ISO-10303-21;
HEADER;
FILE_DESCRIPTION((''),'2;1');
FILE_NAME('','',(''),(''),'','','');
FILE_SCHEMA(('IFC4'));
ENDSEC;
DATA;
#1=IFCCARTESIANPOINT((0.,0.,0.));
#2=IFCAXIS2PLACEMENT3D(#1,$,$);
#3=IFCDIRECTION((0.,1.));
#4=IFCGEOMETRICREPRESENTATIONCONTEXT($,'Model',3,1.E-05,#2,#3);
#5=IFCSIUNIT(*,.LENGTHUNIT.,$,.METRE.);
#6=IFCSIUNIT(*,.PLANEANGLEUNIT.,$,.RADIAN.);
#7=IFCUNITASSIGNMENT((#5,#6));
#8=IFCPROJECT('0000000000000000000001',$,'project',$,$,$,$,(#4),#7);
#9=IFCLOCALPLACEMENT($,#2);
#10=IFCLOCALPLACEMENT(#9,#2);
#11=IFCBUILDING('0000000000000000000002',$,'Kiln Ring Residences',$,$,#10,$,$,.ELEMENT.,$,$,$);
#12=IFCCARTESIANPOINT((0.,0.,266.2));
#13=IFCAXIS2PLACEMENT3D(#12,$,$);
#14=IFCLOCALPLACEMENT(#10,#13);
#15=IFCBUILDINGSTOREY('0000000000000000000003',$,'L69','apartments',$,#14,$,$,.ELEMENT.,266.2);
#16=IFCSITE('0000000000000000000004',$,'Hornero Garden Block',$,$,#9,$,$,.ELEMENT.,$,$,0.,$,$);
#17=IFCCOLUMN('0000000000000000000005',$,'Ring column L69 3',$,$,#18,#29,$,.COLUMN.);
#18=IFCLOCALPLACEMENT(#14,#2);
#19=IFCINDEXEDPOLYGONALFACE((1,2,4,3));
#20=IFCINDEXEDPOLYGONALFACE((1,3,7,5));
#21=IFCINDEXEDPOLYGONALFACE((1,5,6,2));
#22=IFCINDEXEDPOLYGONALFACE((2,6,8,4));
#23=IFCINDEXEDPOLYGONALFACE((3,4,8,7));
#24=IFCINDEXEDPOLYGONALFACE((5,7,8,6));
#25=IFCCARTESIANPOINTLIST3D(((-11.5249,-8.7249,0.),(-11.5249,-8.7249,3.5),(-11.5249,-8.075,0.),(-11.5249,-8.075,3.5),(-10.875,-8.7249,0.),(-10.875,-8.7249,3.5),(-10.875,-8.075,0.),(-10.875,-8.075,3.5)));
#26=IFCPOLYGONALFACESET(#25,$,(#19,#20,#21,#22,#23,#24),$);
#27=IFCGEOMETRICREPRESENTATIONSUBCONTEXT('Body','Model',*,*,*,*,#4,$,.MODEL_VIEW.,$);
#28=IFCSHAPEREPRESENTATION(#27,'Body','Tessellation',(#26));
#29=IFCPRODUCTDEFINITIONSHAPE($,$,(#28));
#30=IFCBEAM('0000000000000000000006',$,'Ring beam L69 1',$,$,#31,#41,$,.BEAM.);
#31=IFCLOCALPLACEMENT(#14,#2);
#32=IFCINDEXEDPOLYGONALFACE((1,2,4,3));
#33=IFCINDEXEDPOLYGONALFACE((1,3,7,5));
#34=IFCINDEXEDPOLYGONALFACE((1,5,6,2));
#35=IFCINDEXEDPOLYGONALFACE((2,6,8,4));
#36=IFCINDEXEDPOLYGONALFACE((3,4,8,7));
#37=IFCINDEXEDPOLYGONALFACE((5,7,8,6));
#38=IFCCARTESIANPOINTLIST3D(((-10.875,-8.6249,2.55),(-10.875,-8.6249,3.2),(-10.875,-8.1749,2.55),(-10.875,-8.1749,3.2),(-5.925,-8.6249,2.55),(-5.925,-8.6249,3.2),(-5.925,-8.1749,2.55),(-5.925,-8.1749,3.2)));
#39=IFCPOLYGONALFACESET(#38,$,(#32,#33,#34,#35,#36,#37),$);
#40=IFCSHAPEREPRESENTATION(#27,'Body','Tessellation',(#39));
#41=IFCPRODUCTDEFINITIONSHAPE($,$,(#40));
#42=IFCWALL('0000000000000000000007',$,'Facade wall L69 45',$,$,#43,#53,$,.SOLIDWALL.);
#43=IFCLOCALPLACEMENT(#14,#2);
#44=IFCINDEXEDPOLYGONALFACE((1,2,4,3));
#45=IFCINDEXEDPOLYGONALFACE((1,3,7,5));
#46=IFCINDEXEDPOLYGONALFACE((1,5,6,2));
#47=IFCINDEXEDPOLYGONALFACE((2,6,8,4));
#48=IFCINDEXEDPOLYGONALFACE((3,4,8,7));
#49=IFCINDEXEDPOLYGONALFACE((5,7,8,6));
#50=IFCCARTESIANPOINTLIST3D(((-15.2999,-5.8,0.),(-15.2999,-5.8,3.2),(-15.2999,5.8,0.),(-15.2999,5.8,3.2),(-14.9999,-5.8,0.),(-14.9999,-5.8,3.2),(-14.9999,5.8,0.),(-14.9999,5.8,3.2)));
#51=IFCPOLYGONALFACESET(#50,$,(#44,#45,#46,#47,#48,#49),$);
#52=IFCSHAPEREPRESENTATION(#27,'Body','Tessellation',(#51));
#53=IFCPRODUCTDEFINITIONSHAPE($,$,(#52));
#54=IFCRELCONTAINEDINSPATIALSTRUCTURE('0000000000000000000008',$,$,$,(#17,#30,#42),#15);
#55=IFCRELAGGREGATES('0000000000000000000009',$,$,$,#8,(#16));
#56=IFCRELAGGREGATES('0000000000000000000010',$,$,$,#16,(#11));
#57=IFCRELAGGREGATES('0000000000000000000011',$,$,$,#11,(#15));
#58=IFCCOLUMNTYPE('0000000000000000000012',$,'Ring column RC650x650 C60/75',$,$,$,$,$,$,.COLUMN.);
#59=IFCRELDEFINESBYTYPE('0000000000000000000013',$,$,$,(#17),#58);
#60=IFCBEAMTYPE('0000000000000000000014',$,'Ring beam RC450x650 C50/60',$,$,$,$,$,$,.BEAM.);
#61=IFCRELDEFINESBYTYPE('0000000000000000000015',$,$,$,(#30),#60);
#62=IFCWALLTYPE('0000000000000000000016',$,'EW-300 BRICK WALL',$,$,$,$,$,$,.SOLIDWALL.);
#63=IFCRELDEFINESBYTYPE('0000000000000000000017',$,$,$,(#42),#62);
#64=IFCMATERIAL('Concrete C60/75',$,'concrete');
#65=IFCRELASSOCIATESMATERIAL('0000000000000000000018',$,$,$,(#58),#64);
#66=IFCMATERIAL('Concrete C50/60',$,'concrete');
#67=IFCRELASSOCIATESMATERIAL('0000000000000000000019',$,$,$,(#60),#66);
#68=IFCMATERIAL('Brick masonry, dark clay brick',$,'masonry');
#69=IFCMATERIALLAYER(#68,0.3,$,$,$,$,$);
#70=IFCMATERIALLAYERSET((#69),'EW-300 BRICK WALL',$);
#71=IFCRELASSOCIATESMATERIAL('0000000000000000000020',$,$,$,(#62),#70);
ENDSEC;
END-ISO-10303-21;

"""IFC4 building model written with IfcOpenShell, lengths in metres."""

from ifc_helpers import new_model, si_unit, direction, frame, frame_2d, origin, origin_2d, place, context, subcontext, project, spatial, rectangle, extrude, material, layer, layer_set, material_profile, profile_set, type_object, element, save


model = new_model("IFC4")

# Units and contexts
model_context = context("Model", 3, precision=1e-05, world=origin(), true_north=direction((0.0, 1.0)))
body_context = subcontext(model_context, "Body", "Model", "MODEL_VIEW")
ifc_project = project(units=[si_unit("LENGTHUNIT", "METRE"), si_unit("PLANEANGLEUNIT", "RADIAN")], contexts=[model_context])

# Site, building, storey
site_placement = place(None, origin())
site = spatial("IfcSite", under=ifc_project, at=site_placement, Name="Hornero Garden Block", CompositionType="ELEMENT", RefElevation=0.0)
building_placement = place(site_placement, origin())
building = spatial("IfcBuilding", under=site, at=building_placement, Name="Kiln Ring Residences", CompositionType="ELEMENT")
storey_placement = place(building_placement, frame((0.0, 0.0, 266.2)))
storey = spatial("IfcBuildingStorey", under=building, at=storey_placement, Name="L69", Description="apartments", CompositionType="ELEMENT", Elevation=266.2)

# Column
ifc_material_1 = material(Name="Concrete C60/75", Category="concrete")
ifc_material_profile_1 = material_profile(ifc_material_1, rectangle(XDim=0.6499, YDim=0.6499, at=origin_2d()), Name="RC650x650")
ifc_profile_set_1 = profile_set([ifc_material_profile_1], Name="Concrete C60/75")
column_type = type_object("IfcColumnType", Name="Ring column RC650x650 C60/75", PredefinedType="COLUMN", material=ifc_profile_set_1)
column_placement = place(storey_placement, frame((-11.2, -8.3999, 0.0), z_axis=(0.0, 0.0, 1.0), x_axis=(1.0, 0.0, 0.0)))
element("IfcColumn", 1, at=column_placement, inside=storey, type_object=column_type, Name="Ring column L69 3", PredefinedType="COLUMN", context=body_context, shape_type="SweptSolid", body=[
    extrude(rectangle(XDim=0.6499, YDim=0.6499, at=origin_2d()), origin(), (0.0, 0.0, 1.0), 3.5),
])

# Beam
ifc_material_2 = material(Name="Concrete C50/60", Category="concrete")
ifc_material_profile_2 = material_profile(ifc_material_2, rectangle(XDim=0.45, YDim=0.6499, at=origin_2d()), Name="RC450x650")
ifc_profile_set_2 = profile_set([ifc_material_profile_2], Name="Concrete C50/60")
beam_type = type_object("IfcBeamType", Name="Ring beam RC450x650 C50/60", PredefinedType="BEAM", material=ifc_profile_set_2)
beam_placement = place(storey_placement, frame((-10.875, -8.3999, 2.875), z_axis=(1.0, 0.0, 0.0), x_axis=(0.0, 1.0, 0.0)))
element("IfcBeam", 2, at=beam_placement, inside=storey, type_object=beam_type, Name="Ring beam L69 1", PredefinedType="BEAM", context=body_context, shape_type="SweptSolid", body=[
    extrude(rectangle(XDim=0.45, YDim=0.6499, at=origin_2d()), origin(), (0.0, 0.0, 1.0), 4.95),
])

# Wall
ifc_material_3 = material(Name="Brick masonry, dark clay brick", Category="masonry")
ifc_layer_1 = layer(ifc_material_3, 0.3)
ifc_layer_set_1 = layer_set([ifc_layer_1], Name="EW-300 BRICK WALL")
wall_type_1 = type_object("IfcWallType", Name="EW-300 BRICK WALL", PredefinedType="SOLIDWALL", material=ifc_layer_set_1)
wall_1_placement = place(storey_placement, frame((-15.1499, -5.8, 0.0), z_axis=(0.0, 0.0, 1.0), x_axis=(0.0, 1.0, 0.0)))
element("IfcWall", 3, at=wall_1_placement, inside=storey, type_object=wall_type_1, Name="Facade wall L69 45", PredefinedType="SOLIDWALL", context=body_context, shape_type="SweptSolid", body=[
    extrude(rectangle(XDim=11.6001, YDim=0.3, at=frame_2d((5.8, 0.0))), origin(), (0.0, 0.0, 1.0), 3.2),
])

save(model, "model.ifc")
